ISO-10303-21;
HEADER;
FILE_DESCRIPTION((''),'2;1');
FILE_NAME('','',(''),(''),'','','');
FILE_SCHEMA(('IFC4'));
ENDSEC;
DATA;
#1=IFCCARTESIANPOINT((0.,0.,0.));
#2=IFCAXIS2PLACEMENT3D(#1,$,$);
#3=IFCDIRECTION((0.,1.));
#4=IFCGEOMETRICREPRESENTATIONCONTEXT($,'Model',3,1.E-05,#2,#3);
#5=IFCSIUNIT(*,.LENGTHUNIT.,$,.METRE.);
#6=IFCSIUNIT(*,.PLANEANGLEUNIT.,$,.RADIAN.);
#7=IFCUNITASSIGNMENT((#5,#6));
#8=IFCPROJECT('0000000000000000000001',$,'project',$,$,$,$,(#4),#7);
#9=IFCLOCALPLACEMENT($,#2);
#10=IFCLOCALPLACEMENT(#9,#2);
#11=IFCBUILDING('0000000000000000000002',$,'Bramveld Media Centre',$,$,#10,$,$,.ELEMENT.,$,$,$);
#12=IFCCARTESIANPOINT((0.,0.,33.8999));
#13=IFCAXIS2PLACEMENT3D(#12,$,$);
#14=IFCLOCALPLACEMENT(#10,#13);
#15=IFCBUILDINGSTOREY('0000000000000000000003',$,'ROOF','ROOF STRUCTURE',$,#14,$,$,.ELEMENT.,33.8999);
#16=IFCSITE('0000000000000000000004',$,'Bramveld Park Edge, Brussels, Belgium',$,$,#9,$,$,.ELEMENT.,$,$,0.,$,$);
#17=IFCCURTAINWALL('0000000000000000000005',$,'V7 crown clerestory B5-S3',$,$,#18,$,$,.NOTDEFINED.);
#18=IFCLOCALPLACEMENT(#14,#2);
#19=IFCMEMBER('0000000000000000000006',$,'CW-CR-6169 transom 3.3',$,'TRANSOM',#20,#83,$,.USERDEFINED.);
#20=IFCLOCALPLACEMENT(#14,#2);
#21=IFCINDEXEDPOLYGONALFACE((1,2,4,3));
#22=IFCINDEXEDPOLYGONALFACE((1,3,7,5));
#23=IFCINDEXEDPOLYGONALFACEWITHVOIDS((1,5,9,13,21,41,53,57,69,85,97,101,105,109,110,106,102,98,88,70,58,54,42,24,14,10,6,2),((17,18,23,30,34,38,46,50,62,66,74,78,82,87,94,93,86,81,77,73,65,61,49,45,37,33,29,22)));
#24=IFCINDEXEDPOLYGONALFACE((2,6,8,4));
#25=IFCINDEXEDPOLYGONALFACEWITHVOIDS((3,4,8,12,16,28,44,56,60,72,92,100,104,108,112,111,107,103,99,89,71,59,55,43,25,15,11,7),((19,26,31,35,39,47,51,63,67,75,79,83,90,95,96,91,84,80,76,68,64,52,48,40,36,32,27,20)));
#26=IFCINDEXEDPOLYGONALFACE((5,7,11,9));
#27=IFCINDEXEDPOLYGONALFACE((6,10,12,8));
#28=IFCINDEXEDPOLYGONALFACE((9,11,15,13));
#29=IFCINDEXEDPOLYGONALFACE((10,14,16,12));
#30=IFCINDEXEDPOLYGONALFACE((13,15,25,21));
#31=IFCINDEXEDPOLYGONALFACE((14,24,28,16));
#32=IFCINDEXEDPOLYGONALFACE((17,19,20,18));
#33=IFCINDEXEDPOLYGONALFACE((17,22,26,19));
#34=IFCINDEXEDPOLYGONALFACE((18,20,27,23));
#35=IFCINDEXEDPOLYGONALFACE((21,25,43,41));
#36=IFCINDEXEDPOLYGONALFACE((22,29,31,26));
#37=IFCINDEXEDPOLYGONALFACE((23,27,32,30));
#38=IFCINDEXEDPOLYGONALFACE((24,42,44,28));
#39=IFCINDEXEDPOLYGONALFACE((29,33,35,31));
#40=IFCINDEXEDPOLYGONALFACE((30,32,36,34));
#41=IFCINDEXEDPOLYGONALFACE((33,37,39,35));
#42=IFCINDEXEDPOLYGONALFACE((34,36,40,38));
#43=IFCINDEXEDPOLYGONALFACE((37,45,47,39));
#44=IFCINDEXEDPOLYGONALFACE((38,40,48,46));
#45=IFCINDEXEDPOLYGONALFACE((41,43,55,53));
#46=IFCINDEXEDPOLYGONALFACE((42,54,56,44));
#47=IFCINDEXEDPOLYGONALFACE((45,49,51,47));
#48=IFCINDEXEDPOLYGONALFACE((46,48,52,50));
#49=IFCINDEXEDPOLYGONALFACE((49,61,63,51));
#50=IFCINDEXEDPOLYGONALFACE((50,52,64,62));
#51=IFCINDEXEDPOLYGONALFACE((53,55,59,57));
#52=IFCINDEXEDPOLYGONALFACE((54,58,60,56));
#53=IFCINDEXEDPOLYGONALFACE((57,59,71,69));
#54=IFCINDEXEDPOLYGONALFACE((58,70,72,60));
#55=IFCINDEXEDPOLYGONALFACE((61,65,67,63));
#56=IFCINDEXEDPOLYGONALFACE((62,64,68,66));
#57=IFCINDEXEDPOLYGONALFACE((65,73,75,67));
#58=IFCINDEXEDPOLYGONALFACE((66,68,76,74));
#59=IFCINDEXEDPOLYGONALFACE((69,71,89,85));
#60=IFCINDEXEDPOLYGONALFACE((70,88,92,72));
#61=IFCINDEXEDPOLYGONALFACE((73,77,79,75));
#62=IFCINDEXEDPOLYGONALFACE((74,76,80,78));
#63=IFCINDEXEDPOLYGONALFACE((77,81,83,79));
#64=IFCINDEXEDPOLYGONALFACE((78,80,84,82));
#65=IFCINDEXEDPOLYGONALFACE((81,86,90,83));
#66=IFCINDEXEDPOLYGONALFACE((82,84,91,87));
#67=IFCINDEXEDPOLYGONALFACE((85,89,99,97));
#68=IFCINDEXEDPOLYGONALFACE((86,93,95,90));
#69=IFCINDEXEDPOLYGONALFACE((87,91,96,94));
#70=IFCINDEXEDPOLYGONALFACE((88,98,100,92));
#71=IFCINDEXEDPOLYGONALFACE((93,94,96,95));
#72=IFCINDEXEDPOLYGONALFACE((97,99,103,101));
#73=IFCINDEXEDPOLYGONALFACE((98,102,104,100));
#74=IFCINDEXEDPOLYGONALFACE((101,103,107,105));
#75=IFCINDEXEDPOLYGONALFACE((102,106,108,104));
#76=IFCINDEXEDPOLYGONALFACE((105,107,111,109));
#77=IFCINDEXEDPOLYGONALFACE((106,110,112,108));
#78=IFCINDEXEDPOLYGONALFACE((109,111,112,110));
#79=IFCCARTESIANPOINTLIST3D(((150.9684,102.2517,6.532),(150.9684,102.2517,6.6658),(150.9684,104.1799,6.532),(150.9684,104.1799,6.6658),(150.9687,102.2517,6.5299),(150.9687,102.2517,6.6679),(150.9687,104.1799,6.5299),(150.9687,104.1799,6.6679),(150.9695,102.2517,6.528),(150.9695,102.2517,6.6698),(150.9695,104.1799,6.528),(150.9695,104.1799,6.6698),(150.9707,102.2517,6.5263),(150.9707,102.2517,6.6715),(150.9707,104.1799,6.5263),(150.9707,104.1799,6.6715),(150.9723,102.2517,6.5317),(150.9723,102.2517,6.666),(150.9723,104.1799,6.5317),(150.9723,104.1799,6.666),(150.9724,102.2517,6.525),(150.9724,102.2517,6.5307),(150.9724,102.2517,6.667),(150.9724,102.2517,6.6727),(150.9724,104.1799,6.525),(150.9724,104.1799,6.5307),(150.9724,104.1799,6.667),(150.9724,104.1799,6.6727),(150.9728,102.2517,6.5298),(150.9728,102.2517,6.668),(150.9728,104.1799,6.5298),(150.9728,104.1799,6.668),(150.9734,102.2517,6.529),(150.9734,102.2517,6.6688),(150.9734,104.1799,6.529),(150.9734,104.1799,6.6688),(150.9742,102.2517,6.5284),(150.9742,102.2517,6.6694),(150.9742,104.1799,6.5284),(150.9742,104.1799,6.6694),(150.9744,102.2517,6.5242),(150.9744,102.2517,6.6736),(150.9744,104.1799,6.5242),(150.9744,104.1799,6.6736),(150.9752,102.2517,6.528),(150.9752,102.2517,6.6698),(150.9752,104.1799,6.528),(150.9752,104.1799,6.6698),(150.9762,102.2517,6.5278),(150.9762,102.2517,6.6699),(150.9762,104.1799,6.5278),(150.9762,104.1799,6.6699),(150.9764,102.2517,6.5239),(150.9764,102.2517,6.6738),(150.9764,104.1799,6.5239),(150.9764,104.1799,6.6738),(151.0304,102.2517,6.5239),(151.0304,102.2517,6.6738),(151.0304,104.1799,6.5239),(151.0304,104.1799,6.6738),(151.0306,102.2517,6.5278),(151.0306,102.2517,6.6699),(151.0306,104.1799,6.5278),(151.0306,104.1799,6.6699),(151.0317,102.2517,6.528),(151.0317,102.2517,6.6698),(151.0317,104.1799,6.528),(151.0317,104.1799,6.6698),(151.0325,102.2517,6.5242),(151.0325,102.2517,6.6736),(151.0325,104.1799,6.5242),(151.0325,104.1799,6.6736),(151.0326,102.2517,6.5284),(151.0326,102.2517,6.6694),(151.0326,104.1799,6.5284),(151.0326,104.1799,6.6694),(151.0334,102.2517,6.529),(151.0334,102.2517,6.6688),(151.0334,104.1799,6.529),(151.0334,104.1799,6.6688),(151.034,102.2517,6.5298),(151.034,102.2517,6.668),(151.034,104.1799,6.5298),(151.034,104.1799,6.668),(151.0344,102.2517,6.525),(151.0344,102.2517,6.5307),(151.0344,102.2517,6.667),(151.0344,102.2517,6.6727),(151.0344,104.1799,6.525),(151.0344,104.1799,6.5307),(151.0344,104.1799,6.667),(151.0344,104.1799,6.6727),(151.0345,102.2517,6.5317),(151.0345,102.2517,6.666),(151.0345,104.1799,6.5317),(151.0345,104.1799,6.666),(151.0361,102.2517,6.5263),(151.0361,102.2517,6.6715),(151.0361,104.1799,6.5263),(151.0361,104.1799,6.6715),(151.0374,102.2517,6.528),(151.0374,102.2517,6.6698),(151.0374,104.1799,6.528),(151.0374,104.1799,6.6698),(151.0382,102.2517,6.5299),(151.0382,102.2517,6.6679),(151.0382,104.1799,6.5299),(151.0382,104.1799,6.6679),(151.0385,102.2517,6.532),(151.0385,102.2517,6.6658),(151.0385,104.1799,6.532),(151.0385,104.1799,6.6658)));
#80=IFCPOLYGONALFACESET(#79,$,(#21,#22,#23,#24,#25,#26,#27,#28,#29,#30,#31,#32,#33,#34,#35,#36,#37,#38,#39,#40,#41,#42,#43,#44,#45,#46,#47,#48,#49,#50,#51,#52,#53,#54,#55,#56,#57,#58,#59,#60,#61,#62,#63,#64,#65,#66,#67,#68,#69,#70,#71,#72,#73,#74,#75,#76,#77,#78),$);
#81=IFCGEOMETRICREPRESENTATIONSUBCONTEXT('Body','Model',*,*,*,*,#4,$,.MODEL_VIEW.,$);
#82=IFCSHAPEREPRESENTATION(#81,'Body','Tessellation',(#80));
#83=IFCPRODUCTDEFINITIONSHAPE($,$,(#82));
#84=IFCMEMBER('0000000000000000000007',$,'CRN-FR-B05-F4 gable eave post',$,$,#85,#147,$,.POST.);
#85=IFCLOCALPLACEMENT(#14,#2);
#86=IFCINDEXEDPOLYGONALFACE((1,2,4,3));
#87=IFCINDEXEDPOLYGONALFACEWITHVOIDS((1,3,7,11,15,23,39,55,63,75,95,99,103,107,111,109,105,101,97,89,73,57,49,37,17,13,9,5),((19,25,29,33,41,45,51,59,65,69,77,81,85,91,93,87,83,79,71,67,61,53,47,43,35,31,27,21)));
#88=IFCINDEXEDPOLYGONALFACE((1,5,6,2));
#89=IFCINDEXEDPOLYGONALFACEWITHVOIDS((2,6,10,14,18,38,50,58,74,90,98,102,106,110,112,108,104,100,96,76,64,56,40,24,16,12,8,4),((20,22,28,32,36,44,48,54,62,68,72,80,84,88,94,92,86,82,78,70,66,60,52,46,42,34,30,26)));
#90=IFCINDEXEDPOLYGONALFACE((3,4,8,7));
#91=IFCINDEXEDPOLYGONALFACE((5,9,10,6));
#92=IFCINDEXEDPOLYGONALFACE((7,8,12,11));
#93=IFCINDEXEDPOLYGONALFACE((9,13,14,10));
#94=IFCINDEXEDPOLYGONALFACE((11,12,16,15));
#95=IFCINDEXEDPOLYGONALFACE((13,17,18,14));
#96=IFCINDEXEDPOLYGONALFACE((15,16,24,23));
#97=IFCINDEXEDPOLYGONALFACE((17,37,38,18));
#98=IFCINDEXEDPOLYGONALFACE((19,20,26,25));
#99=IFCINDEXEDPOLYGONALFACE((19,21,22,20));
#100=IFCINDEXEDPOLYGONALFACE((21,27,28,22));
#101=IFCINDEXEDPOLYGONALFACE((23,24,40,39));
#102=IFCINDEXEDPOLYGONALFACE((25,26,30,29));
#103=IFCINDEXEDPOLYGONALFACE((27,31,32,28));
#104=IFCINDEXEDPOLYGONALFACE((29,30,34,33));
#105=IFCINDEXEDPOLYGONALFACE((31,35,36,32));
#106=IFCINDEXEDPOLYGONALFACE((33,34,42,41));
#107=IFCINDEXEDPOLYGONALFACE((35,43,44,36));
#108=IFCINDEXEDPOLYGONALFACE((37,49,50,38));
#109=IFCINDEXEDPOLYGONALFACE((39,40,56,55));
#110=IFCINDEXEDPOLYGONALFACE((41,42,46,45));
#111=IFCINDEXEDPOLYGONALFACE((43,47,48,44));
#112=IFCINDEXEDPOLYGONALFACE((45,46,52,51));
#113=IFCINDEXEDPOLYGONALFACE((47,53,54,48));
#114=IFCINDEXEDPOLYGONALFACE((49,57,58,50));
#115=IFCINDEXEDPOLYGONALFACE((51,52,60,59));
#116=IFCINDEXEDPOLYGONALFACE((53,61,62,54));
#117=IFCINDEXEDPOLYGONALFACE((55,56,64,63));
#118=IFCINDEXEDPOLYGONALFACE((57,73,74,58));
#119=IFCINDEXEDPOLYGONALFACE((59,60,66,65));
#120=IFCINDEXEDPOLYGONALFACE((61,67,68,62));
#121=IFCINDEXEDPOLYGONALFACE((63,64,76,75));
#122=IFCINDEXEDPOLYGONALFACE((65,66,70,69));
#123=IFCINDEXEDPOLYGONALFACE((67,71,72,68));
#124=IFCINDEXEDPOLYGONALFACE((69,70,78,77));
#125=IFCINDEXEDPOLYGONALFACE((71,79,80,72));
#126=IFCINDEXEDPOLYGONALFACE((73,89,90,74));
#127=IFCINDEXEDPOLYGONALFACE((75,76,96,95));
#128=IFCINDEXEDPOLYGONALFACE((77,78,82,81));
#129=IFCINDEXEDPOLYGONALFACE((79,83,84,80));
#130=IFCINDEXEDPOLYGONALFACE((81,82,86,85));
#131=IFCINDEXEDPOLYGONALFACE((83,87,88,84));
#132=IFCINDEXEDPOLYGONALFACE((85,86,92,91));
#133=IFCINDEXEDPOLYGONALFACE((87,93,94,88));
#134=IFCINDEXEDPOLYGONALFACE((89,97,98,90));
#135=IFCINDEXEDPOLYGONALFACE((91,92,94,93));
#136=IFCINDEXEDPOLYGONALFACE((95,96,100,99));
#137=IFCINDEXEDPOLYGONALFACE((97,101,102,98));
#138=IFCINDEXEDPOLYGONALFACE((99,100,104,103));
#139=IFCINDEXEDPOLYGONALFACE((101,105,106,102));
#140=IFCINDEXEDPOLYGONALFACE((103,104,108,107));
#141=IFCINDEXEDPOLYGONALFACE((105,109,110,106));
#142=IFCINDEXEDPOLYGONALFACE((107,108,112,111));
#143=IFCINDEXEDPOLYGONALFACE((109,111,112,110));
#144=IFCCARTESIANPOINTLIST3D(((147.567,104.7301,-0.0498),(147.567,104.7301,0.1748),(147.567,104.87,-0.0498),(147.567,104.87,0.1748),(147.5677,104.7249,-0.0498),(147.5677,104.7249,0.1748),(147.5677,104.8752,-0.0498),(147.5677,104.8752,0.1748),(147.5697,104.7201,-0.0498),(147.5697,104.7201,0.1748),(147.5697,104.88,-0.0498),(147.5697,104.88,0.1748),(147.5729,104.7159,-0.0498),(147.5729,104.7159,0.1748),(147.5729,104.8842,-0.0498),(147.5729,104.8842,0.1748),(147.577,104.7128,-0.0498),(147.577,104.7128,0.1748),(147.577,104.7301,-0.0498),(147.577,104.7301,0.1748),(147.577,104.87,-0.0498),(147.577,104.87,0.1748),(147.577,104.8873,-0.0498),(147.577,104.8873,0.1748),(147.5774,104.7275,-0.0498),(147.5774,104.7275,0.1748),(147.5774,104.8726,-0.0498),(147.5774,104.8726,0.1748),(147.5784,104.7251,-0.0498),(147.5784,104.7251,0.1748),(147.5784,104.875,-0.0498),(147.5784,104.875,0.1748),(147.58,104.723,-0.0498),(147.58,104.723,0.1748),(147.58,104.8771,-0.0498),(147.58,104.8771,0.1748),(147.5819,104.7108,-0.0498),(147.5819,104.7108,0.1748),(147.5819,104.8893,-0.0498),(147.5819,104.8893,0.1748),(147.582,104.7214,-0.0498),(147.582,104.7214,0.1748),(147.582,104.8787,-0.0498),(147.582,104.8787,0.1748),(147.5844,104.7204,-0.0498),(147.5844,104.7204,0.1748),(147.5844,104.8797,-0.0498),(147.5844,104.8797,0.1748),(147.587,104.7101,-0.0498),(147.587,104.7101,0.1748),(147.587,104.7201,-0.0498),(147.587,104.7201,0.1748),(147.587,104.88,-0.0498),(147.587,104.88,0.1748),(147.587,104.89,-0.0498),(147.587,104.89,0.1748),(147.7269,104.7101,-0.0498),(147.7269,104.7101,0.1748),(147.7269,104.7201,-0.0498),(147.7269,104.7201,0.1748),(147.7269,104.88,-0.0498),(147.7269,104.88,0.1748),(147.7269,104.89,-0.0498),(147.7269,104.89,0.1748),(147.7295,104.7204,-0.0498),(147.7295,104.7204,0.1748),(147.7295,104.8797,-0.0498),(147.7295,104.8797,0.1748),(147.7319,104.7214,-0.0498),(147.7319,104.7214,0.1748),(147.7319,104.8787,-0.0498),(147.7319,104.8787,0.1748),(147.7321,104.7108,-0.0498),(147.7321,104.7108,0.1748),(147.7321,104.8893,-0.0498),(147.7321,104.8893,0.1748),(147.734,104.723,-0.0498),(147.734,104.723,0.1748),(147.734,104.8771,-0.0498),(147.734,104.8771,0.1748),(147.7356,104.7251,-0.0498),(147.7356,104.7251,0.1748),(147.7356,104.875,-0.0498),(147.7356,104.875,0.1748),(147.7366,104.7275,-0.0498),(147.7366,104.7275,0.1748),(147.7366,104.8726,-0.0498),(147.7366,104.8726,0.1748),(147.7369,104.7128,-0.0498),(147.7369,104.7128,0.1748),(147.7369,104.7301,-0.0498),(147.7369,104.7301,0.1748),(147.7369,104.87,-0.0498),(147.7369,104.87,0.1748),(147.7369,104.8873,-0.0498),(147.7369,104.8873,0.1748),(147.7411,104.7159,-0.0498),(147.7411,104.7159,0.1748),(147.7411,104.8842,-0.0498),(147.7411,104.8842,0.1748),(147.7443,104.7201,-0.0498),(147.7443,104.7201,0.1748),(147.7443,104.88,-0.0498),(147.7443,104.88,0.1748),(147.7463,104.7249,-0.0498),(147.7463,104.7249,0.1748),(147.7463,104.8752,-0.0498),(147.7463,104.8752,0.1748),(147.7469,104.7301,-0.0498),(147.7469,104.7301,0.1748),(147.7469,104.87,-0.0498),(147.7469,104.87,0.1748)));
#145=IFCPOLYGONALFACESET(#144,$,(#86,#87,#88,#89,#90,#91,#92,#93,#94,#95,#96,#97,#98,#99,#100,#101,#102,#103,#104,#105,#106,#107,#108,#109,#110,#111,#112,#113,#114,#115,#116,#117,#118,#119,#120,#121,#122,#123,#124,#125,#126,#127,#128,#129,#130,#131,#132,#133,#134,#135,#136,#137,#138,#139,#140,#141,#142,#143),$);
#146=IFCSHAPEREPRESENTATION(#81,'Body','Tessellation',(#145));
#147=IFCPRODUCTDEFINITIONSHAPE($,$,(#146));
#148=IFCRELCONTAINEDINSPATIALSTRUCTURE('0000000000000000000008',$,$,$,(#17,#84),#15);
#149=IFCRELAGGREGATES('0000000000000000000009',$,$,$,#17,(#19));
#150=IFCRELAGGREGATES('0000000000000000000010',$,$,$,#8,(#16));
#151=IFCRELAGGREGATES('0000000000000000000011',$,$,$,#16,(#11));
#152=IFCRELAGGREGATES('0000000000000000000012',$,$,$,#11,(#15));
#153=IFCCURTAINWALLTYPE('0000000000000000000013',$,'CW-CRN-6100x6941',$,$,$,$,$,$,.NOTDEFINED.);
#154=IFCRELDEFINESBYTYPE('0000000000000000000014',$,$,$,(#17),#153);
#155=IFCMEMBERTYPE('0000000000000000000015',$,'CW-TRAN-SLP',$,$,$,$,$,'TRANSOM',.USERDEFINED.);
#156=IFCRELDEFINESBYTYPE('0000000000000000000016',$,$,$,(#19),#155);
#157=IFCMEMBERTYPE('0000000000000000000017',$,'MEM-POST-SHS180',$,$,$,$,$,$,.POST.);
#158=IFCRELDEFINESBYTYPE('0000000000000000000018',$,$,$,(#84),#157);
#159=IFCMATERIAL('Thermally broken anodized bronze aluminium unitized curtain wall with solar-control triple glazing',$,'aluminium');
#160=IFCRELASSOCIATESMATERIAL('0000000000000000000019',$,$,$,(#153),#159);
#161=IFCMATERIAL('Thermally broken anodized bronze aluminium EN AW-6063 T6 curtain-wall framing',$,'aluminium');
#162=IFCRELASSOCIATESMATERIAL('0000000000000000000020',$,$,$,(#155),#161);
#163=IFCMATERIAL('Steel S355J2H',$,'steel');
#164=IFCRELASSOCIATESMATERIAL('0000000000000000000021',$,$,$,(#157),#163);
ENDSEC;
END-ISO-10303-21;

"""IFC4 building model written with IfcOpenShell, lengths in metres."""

from ifc_helpers import new_model, si_unit, direction, frame, origin, origin_2d, place, context, subcontext, project, spatial, hollow_rectangle, extrude, material, material_profile, profile_set, type_object, element, aggregate, save


model = new_model("IFC4")

# Units and contexts
model_context = context("Model", 3, precision=1e-05, world=origin(), true_north=direction((0.0, 1.0)))
body_context = subcontext(model_context, "Body", "Model", "MODEL_VIEW")
ifc_project = project(units=[si_unit("LENGTHUNIT", "METRE"), si_unit("PLANEANGLEUNIT", "RADIAN")], contexts=[model_context])

# Site, building, storey
site_placement = place(None, origin())
site = spatial("IfcSite", under=ifc_project, at=site_placement, Name="Bramveld Park Edge, Brussels, Belgium", CompositionType="ELEMENT", RefElevation=0.0)
building_placement = place(site_placement, origin())
building = spatial("IfcBuilding", under=site, at=building_placement, Name="Bramveld Media Centre", CompositionType="ELEMENT")
storey_placement = place(building_placement, frame((0.0, 0.0, 33.8999)))
storey = spatial("IfcBuildingStorey", under=building, at=storey_placement, Name="ROOF", Description="ROOF STRUCTURE", CompositionType="ELEMENT", Elevation=33.8999)

# Curtain wall, member
ifc_material_1 = material(Name="Thermally broken anodized bronze aluminium unitized curtain wall with solar-control triple glazing", Category="aluminium")
curtain_wall_type = type_object("IfcCurtainWallType", Name="CW-CRN-6100x6941", PredefinedType="NOTDEFINED", material=ifc_material_1)
ifc_material_2 = material(Name="Thermally broken anodized bronze aluminium EN AW-6063 T6 curtain-wall framing", Category="aluminium")
ifc_material_profile_1 = material_profile(ifc_material_2, hollow_rectangle(XDim=0.0701, YDim=0.1499, WallThickness=0.0039, InnerFilletRadius=0.0039, OuterFilletRadius=0.0081, at=origin_2d()), Name="AL-TRAN 70x150")
ifc_profile_set_1 = profile_set([ifc_material_profile_1], Name="Thermally broken anodized bronze aluminium EN AW-6063 T6 curtain-wall framing")
member_type_1 = type_object("IfcMemberType", Name="CW-TRAN-SLP", ElementType="TRANSOM", PredefinedType="USERDEFINED", material=ifc_profile_set_1)
curtain_wall_1_placement = place(storey_placement, origin())
curtain_wall_1 = element("IfcCurtainWall", 1, at=curtain_wall_1_placement, inside=storey, type_object=curtain_wall_type, Name="V7 crown clerestory B5-S3", PredefinedType="NOTDEFINED")
member_1_placement = place(storey_placement, frame((151.0034, 102.2517, 6.5989), z_axis=(0.0, 1.0, 0.0), x_axis=(-1.0, 0.0, 0.0)))
member_1 = element("IfcMember", 2, at=member_1_placement, type_object=member_type_1, Name="CW-CR-6169 transom 3.3", ObjectType="TRANSOM", PredefinedType="USERDEFINED", context=body_context, shape_type="SweptSolid", body=[
    extrude(hollow_rectangle(XDim=0.0701, YDim=0.1499, WallThickness=0.0039, InnerFilletRadius=0.0039, OuterFilletRadius=0.0081, at=origin_2d()), origin(), (0.0, 0.0, 1.0), 1.9282),
])

# Member
ifc_material_3 = material(Name="Steel S355J2H", Category="steel")
ifc_material_profile_2 = material_profile(ifc_material_3, hollow_rectangle(XDim=0.1799, YDim=0.1799, WallThickness=0.01, InnerFilletRadius=0.01, OuterFilletRadius=0.02, at=origin_2d()), Name="SHS 180x180x10")
ifc_profile_set_2 = profile_set([ifc_material_profile_2], Name="Steel S355J2H")
member_type_2 = type_object("IfcMemberType", Name="MEM-POST-SHS180", PredefinedType="POST", material=ifc_profile_set_2)
member_2_placement = place(storey_placement, frame((147.657, 104.8, -0.0498), z_axis=(0.0, 0.0, 1.0), x_axis=(1.0, 0.0, 0.0)))
element("IfcMember", 3, at=member_2_placement, inside=storey, type_object=member_type_2, Name="CRN-FR-B05-F4 gable eave post", PredefinedType="POST", context=body_context, shape_type="SweptSolid", body=[
    extrude(hollow_rectangle(XDim=0.1799, YDim=0.1799, WallThickness=0.01, InnerFilletRadius=0.01, OuterFilletRadius=0.02, at=origin_2d()), origin(), (0.0, 0.0, 1.0), 0.2246),
])

aggregate(curtain_wall_1, [member_1])

save(model, "model.ifc")
